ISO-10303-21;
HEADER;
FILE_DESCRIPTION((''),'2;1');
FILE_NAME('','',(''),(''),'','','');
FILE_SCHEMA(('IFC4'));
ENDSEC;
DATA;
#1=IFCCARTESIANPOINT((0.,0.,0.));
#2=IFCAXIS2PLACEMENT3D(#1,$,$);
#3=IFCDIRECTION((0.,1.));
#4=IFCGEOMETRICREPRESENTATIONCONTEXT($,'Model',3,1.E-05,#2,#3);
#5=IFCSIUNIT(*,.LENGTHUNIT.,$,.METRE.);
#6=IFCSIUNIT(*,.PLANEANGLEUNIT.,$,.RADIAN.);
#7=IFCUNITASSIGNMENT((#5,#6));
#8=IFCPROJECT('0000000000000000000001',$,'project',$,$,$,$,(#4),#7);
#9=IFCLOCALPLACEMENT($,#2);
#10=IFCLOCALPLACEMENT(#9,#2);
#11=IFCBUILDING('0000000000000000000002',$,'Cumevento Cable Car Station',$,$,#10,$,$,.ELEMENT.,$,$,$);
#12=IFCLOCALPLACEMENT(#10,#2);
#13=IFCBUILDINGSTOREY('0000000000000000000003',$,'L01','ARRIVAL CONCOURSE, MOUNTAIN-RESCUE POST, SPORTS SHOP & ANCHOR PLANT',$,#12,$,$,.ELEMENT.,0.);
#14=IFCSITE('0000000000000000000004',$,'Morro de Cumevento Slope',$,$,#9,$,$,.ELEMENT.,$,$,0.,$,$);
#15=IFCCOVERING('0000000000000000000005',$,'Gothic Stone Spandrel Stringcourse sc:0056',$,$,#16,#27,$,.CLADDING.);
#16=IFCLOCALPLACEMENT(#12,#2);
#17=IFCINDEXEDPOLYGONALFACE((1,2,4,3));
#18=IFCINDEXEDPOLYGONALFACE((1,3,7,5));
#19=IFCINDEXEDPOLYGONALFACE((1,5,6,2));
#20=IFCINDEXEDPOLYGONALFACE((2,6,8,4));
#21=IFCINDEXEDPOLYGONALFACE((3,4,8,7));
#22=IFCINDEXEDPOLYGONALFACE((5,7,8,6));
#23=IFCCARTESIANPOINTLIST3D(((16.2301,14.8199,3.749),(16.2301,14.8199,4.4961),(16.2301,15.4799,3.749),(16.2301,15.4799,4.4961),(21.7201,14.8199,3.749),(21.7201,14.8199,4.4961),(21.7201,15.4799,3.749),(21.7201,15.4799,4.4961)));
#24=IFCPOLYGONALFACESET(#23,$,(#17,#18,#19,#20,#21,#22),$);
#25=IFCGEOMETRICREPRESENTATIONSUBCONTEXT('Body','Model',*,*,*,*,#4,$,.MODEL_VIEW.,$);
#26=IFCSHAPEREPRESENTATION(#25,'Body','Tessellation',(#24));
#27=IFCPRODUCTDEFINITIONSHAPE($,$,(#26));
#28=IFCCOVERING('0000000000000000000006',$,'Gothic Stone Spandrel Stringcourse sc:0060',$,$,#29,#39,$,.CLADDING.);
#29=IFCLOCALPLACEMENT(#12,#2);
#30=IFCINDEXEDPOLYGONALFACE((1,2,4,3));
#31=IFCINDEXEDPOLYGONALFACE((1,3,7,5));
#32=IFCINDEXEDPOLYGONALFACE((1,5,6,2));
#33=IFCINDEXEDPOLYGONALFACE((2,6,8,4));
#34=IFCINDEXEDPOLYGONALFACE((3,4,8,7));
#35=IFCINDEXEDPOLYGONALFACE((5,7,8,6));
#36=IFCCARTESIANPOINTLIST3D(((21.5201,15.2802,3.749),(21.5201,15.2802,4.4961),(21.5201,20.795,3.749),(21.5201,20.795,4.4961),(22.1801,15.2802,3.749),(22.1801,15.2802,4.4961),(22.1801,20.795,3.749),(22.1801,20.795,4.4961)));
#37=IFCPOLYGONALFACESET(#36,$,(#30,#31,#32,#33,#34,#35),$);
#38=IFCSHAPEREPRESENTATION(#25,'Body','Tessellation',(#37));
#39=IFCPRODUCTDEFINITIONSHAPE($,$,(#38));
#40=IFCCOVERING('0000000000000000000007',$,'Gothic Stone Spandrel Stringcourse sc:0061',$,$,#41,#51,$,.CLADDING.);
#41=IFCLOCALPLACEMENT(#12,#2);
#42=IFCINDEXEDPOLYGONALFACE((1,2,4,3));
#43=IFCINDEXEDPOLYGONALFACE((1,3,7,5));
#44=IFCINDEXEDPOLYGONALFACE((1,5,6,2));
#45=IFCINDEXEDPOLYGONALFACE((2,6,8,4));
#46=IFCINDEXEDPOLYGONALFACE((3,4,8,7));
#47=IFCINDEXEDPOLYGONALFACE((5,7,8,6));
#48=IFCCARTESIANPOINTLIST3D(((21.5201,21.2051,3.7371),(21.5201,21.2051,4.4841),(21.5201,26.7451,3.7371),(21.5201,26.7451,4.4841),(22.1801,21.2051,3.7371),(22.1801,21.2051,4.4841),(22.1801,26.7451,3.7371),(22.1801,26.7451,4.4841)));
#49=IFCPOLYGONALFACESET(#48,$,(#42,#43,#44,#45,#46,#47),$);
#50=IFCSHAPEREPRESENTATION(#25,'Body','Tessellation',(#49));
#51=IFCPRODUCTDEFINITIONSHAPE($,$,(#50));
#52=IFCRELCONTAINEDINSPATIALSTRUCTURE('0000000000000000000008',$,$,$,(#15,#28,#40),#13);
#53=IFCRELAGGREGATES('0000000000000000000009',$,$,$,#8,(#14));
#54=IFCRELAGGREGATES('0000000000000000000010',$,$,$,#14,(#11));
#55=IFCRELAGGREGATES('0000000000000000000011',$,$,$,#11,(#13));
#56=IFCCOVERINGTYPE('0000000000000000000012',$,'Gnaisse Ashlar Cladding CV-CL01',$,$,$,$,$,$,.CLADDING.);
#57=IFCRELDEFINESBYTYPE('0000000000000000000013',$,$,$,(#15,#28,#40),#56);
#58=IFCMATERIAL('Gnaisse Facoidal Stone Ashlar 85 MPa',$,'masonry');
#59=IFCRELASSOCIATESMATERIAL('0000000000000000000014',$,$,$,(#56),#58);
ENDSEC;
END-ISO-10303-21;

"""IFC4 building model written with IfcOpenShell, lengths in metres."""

from ifc_helpers import new_model, si_unit, direction, frame, origin, origin_2d, place, context, subcontext, project, spatial, rectangle, extrude, material, type_object, element, save


model = new_model("IFC4")

# Units and contexts
model_context = context("Model", 3, precision=1e-05, world=origin(), true_north=direction((0.0, 1.0)))
body_context = subcontext(model_context, "Body", "Model", "MODEL_VIEW")
ifc_project = project(units=[si_unit("LENGTHUNIT", "METRE"), si_unit("PLANEANGLEUNIT", "RADIAN")], contexts=[model_context])

# Site, building, storey
site_placement = place(None, origin())
site = spatial("IfcSite", under=ifc_project, at=site_placement, Name="Morro de Cumevento Slope", CompositionType="ELEMENT", RefElevation=0.0)
building_placement = place(site_placement, origin())
building = spatial("IfcBuilding", under=site, at=building_placement, Name="Cumevento Cable Car Station", CompositionType="ELEMENT")
storey_placement = place(building_placement, origin())
storey = spatial("IfcBuildingStorey", under=building, at=storey_placement, Name="L01", Description="ARRIVAL CONCOURSE, MOUNTAIN-RESCUE POST, SPORTS SHOP & ANCHOR PLANT", CompositionType="ELEMENT", Elevation=0.0)

# Coverings
ifc_material_1 = material(Name="Gnaisse Facoidal Stone Ashlar 85 MPa", Category="masonry")
covering_type = type_object("IfcCoveringType", Name="Gnaisse Ashlar Cladding CV-CL01", PredefinedType="CLADDING", material=ifc_material_1)
covering_1_placement = place(storey_placement, frame((18.9751, 15.1499, 3.749), z_axis=(0.0, 0.0, 1.0), x_axis=(-1.0, 0.0, 0.0)))
element("IfcCovering", 1, at=covering_1_placement, inside=storey, type_object=covering_type, Name="Gothic Stone Spandrel Stringcourse sc:0056", PredefinedType="CLADDING", context=body_context, shape_type="SweptSolid", body=[
    extrude(rectangle(XDim=5.49, YDim=0.6599, at=origin_2d()), origin(), (0.0, 0.0, 1.0), 0.7471),
])
covering_2_placement = place(storey_placement, frame((21.8501, 18.0376, 3.749), z_axis=(0.0, 0.0, 1.0), x_axis=(0.0, -1.0, 0.0)))
element("IfcCovering", 2, at=covering_2_placement, inside=storey, type_object=covering_type, Name="Gothic Stone Spandrel Stringcourse sc:0060", PredefinedType="CLADDING", context=body_context, shape_type="SweptSolid", body=[
    extrude(rectangle(XDim=5.5149, YDim=0.6599, at=origin_2d()), origin(), (0.0, 0.0, 1.0), 0.7471),
])
covering_3_placement = place(storey_placement, frame((21.8501, 23.9751, 3.7371), z_axis=(0.0, 0.0, 1.0), x_axis=(0.0, -1.0, 0.0)))
element("IfcCovering", 3, at=covering_3_placement, inside=storey, type_object=covering_type, Name="Gothic Stone Spandrel Stringcourse sc:0061", PredefinedType="CLADDING", context=body_context, shape_type="SweptSolid", body=[
    extrude(rectangle(XDim=5.54, YDim=0.6599, at=origin_2d()), origin(), (0.0, 0.0, 1.0), 0.7471),
])

save(model, "model.ifc")
